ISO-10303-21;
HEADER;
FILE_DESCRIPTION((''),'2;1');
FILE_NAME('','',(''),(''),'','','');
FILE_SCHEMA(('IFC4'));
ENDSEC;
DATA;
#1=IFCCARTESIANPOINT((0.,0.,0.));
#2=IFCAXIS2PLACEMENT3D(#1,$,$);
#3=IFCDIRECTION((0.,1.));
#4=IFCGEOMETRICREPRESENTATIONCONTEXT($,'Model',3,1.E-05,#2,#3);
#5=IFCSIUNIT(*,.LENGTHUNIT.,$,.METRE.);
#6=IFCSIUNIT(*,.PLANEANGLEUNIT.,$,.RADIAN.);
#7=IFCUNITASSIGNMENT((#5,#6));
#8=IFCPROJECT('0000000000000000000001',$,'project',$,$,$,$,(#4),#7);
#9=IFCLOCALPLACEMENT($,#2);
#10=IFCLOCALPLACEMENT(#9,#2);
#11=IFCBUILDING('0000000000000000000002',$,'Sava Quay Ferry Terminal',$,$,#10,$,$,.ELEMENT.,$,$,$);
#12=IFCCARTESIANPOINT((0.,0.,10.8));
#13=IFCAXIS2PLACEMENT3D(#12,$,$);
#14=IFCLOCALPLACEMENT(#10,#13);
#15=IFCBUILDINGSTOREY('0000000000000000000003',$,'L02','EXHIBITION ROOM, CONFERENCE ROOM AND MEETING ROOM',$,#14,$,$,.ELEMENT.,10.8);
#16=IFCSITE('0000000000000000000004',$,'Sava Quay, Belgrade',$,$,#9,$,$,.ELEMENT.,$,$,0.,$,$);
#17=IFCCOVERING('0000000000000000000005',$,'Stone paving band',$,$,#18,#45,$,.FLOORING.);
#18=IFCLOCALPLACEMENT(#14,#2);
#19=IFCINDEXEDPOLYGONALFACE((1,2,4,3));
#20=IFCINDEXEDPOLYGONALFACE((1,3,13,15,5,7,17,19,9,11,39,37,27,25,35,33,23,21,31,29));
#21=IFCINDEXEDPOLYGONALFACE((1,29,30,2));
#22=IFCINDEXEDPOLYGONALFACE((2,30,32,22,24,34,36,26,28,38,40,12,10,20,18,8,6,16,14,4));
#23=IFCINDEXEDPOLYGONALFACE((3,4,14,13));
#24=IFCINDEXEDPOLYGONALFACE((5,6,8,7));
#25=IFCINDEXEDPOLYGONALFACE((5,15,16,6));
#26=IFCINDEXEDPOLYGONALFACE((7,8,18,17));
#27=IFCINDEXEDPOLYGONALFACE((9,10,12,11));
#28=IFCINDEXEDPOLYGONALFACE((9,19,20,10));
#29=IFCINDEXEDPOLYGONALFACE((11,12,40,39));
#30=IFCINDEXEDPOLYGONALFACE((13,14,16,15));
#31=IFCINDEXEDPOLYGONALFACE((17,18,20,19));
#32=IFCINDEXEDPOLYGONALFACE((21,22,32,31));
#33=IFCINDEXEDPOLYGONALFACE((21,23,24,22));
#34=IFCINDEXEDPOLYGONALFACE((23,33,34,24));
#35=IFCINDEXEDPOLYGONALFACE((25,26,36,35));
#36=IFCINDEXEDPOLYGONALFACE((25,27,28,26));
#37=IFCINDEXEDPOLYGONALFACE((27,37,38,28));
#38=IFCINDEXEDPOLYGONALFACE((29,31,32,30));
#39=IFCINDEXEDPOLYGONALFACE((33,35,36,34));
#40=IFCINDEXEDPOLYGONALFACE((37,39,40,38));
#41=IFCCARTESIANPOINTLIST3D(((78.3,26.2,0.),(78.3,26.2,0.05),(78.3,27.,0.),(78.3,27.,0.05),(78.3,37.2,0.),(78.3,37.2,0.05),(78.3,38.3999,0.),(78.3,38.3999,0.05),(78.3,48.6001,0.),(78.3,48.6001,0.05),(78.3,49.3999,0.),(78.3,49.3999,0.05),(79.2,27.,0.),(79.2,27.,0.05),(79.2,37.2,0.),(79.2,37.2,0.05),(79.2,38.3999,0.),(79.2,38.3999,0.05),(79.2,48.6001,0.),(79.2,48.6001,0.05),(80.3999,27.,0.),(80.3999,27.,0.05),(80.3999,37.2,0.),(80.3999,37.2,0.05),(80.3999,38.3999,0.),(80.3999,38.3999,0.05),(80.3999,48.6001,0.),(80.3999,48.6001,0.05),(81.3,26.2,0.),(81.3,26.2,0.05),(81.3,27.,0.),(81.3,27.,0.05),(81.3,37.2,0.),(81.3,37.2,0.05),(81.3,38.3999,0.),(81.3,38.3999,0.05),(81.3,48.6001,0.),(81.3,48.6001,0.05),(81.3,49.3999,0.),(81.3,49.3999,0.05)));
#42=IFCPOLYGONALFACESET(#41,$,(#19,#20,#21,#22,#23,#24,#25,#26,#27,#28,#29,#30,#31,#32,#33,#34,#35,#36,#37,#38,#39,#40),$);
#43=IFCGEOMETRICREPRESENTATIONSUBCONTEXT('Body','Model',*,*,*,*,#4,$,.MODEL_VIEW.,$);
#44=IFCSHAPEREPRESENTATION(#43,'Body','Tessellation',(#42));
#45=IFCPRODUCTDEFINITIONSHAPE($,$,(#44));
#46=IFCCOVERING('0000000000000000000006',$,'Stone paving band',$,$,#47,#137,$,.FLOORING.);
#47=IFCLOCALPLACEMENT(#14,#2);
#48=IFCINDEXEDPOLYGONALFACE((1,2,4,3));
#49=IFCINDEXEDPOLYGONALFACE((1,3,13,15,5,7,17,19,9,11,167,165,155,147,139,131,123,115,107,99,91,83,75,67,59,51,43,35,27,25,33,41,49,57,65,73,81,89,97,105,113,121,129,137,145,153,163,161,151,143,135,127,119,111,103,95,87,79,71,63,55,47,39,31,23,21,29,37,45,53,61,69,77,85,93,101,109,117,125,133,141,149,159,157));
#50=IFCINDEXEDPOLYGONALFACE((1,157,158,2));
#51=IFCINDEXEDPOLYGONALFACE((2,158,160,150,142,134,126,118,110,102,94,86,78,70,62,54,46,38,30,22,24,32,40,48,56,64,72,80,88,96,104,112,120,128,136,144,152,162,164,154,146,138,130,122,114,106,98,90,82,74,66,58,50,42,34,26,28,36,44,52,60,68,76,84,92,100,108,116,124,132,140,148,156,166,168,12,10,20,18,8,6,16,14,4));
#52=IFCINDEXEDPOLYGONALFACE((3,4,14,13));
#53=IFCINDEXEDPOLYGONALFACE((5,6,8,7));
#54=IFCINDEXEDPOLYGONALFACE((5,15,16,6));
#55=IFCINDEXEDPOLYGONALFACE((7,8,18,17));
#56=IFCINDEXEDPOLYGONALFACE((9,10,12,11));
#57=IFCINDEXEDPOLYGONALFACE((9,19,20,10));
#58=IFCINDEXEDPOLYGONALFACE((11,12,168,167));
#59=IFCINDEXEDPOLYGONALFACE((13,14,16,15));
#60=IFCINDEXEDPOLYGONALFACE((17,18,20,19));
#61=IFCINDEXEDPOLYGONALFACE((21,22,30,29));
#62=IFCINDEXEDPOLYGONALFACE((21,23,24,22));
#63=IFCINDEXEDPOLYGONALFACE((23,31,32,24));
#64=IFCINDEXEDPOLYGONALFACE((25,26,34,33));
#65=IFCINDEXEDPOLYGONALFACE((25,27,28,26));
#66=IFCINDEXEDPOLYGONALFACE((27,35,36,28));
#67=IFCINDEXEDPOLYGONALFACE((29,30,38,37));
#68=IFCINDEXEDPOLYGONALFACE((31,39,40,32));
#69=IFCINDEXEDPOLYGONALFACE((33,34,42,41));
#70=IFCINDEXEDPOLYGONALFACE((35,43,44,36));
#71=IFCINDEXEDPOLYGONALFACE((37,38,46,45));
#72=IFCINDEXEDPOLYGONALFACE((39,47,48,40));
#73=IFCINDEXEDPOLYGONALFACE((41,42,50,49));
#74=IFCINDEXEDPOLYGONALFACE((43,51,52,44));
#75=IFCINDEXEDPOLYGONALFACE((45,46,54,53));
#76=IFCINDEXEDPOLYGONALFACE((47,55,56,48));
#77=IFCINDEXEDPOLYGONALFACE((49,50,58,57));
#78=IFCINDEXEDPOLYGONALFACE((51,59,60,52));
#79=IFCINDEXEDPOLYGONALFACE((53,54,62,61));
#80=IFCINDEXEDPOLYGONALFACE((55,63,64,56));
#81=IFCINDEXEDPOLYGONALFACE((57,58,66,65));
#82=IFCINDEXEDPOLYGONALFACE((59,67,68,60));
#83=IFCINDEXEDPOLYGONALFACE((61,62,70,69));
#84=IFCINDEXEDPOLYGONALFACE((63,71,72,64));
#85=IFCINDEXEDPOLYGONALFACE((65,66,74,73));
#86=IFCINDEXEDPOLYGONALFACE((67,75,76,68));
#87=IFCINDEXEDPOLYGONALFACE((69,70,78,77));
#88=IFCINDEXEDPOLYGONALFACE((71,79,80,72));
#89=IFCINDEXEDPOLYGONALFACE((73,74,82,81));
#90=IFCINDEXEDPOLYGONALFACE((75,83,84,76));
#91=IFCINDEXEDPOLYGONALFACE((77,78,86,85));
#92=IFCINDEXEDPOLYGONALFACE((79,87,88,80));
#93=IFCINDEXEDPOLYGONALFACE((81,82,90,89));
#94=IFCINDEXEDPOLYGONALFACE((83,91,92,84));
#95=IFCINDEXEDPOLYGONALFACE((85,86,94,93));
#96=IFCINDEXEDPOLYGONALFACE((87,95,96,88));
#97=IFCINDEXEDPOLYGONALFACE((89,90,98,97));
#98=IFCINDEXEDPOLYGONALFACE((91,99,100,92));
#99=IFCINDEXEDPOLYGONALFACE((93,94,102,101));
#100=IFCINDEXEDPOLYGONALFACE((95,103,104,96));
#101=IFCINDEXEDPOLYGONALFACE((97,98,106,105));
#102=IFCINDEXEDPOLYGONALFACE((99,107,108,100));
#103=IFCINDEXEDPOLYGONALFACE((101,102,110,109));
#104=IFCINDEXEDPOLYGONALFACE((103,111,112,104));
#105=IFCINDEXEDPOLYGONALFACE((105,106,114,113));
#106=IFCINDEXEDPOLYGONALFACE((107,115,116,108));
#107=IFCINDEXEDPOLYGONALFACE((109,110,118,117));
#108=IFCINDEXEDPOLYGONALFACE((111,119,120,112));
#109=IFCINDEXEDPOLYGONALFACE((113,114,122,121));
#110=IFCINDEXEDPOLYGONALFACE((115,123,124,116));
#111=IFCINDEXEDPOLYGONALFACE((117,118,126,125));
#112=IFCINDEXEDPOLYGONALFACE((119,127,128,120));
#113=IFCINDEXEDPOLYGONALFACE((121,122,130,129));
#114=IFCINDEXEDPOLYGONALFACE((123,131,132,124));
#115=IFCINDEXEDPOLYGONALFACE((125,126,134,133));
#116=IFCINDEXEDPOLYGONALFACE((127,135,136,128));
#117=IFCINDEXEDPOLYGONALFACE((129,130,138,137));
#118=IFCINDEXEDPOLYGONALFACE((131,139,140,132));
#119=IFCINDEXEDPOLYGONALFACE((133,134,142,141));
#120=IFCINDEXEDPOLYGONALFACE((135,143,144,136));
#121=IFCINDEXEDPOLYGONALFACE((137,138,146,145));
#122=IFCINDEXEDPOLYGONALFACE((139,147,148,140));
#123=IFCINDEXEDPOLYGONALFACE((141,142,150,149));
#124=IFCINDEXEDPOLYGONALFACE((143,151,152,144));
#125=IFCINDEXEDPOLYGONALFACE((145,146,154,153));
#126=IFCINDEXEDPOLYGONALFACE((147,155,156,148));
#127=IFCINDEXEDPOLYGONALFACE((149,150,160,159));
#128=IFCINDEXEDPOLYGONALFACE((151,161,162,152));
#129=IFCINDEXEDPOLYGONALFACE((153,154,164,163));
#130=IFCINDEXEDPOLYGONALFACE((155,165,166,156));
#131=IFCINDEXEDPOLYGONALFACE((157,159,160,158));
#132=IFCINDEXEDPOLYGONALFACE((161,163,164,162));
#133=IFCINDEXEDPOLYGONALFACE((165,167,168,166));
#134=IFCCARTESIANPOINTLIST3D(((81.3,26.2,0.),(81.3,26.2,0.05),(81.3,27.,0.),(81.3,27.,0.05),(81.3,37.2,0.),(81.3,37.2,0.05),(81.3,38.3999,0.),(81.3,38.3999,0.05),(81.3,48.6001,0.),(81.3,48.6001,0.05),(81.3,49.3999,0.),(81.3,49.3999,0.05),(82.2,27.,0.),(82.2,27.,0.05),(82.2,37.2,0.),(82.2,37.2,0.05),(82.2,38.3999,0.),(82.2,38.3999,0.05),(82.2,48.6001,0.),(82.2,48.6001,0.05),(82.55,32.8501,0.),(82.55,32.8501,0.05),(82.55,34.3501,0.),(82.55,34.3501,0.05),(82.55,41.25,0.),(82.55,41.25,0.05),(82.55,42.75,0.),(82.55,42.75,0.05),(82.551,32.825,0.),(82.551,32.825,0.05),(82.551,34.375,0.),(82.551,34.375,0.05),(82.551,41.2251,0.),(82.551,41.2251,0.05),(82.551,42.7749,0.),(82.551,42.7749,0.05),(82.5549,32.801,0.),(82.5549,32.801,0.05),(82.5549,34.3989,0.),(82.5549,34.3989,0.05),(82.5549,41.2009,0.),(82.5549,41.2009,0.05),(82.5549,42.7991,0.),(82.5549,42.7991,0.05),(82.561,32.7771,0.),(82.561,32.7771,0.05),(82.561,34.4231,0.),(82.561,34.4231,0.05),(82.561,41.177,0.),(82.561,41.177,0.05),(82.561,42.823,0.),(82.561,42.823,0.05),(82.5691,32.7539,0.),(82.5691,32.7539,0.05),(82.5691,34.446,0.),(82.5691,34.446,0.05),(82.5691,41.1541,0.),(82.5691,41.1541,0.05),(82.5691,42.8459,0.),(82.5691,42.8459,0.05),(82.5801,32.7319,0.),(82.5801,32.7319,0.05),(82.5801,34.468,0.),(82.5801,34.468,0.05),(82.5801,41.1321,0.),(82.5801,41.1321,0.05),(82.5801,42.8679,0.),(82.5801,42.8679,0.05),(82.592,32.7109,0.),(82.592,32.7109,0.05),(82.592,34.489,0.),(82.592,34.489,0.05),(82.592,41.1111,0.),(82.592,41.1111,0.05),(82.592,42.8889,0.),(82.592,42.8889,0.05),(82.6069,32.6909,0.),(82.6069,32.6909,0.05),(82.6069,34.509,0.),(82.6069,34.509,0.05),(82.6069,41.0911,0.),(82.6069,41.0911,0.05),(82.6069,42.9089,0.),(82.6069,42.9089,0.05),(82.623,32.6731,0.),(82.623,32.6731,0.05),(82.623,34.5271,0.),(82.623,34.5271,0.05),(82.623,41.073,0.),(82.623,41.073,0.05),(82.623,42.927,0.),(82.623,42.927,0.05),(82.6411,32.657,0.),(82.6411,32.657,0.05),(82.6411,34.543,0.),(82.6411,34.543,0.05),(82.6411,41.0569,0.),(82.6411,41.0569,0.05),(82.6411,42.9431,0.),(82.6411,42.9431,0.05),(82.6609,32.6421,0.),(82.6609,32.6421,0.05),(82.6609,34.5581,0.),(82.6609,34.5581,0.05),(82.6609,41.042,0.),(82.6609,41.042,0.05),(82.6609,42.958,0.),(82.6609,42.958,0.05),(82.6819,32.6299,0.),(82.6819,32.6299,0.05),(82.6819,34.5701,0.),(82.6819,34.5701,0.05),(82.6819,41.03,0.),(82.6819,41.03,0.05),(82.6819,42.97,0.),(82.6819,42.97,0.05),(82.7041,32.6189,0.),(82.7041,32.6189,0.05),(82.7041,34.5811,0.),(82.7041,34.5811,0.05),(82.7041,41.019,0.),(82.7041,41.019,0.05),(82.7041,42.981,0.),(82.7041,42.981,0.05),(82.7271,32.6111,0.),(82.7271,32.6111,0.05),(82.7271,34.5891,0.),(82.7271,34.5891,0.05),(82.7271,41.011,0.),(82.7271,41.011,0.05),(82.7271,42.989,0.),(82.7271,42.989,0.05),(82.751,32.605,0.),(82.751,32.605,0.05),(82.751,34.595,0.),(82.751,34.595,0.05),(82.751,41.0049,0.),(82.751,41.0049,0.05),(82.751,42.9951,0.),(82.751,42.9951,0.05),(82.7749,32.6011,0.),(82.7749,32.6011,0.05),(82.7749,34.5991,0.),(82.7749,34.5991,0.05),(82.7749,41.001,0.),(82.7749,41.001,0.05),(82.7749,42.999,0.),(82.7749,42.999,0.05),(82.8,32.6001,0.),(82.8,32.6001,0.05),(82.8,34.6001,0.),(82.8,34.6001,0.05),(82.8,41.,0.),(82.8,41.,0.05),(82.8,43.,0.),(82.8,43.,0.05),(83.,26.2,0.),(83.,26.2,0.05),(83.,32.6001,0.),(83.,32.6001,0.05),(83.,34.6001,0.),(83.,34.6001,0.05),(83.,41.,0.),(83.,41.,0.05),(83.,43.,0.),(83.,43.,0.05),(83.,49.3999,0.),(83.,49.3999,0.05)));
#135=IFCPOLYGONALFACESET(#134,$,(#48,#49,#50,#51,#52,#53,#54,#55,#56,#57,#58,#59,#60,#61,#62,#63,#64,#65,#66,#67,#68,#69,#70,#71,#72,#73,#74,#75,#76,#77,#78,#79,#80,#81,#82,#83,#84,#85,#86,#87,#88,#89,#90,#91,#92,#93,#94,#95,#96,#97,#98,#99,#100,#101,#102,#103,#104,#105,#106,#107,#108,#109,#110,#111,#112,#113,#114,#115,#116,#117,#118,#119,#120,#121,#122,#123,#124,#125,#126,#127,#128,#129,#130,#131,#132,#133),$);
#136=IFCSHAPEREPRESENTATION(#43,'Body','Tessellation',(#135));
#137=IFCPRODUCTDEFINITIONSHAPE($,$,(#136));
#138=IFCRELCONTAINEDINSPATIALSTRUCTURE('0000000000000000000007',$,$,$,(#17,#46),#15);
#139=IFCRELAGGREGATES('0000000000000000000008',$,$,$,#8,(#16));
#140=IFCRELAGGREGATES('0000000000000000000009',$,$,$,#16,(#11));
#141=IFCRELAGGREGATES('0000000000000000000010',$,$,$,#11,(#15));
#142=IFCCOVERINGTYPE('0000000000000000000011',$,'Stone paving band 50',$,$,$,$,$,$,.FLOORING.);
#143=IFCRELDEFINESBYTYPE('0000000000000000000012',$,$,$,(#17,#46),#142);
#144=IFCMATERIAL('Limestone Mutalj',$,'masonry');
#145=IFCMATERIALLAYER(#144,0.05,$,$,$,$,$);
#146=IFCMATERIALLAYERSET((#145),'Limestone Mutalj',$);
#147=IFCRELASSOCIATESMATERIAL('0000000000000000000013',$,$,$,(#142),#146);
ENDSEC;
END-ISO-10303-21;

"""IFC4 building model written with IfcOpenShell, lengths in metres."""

from ifc_helpers import new_model, si_unit, direction, frame, origin, place, context, subcontext, project, spatial, polyline, outline, extrude, material, layer, layer_set, type_object, element, save


model = new_model("IFC4")

# Units and contexts
model_context = context("Model", 3, precision=1e-05, world=origin(), true_north=direction((0.0, 1.0)))
body_context = subcontext(model_context, "Body", "Model", "MODEL_VIEW")
ifc_project = project(units=[si_unit("LENGTHUNIT", "METRE"), si_unit("PLANEANGLEUNIT", "RADIAN")], contexts=[model_context])

# Site, building, storey
site_placement = place(None, origin())
site = spatial("IfcSite", under=ifc_project, at=site_placement, Name="Sava Quay, Belgrade", CompositionType="ELEMENT", RefElevation=0.0)
building_placement = place(site_placement, origin())
building = spatial("IfcBuilding", under=site, at=building_placement, Name="Sava Quay Ferry Terminal", CompositionType="ELEMENT")
storey_placement = place(building_placement, frame((0.0, 0.0, 10.8)))
storey = spatial("IfcBuildingStorey", under=building, at=storey_placement, Name="L02", Description="EXHIBITION ROOM, CONFERENCE ROOM AND MEETING ROOM", CompositionType="ELEMENT", Elevation=10.8)

# Coverings
ifc_material_1 = material(Name="Limestone Mutalj", Category="masonry")
ifc_layer_1 = layer(ifc_material_1, 0.05)
ifc_layer_set_1 = layer_set([ifc_layer_1], Name="Limestone Mutalj")
covering_type_1 = type_object("IfcCoveringType", Name="Stone paving band 50", PredefinedType="FLOORING", material=ifc_layer_set_1)
covering_1_placement = place(storey_placement, origin())
element("IfcCovering", 1, at=covering_1_placement, inside=storey, type_object=covering_type_1, Name="Stone paving band", PredefinedType="FLOORING", context=body_context, shape_type="SweptSolid", body=[
    extrude(outline(polyline([(78.3, 49.3999), (78.3, 48.6001), (79.2, 48.6001), (79.2, 38.3999), (78.3, 38.3999), (78.3, 37.2), (79.2, 37.2), (79.2, 27.0), (78.3, 27.0), (78.3, 26.2), (81.3, 26.2), (81.3, 27.0), (80.3999, 27.0), (80.3999, 37.2), (81.3, 37.2), (81.3, 38.3999), (80.3999, 38.3999), (80.3999, 48.6001), (81.3, 48.6001), (81.3, 49.3999), (78.3, 49.3999)])), origin(), (0.0, 0.0, 1.0), 0.05),
])
covering_2_placement = place(storey_placement, origin())
element("IfcCovering", 2, at=covering_2_placement, inside=storey, type_object=covering_type_1, Name="Stone paving band", PredefinedType="FLOORING", context=body_context, shape_type="SweptSolid", body=[
    extrude(outline(polyline([(81.3, 49.3999), (81.3, 48.6001), (82.2, 48.6001), (82.2, 38.3999), (81.3, 38.3999), (81.3, 37.2), (82.2, 37.2), (82.2, 27.0), (81.3, 27.0), (81.3, 26.2), (83.0, 26.2), (83.0, 32.6001), (82.8, 32.6001), (82.7749, 32.6011), (82.751, 32.605), (82.7271, 32.6111), (82.7041, 32.6189), (82.6819, 32.6299), (82.6609, 32.6421), (82.6411, 32.657), (82.623, 32.6731), (82.6069, 32.6909), (82.592, 32.7109), (82.5801, 32.7319), (82.5691, 32.7539), (82.561, 32.7771), (82.5549, 32.801), (82.551, 32.825), (82.55, 32.8501), (82.55, 34.3501), (82.551, 34.375), (82.5549, 34.3989), (82.561, 34.4231), (82.5691, 34.446), (82.5801, 34.468), (82.592, 34.489), (82.6069, 34.509), (82.623, 34.5271), (82.6411, 34.543), (82.6609, 34.5581), (82.6819, 34.5701), (82.7041, 34.5811), (82.7271, 34.5891), (82.751, 34.595), (82.7749, 34.5991), (82.8, 34.6001), (83.0, 34.6001), (83.0, 41.0), (82.8, 41.0), (82.7749, 41.001), (82.751, 41.0049), (82.7271, 41.011), (82.7041, 41.019), (82.6819, 41.03), (82.6609, 41.042), (82.6411, 41.0569), (82.623, 41.073), (82.6069, 41.0911), (82.592, 41.1111), (82.5801, 41.1321), (82.5691, 41.1541), (82.561, 41.177), (82.5549, 41.2009), (82.551, 41.2251), (82.55, 41.25), (82.55, 42.75), (82.551, 42.7749), (82.5549, 42.7991), (82.561, 42.823), (82.5691, 42.8459), (82.5801, 42.8679), (82.592, 42.8889), (82.6069, 42.9089), (82.623, 42.927), (82.6411, 42.9431), (82.6609, 42.958), (82.6819, 42.97), (82.7041, 42.981), (82.7271, 42.989), (82.751, 42.9951), (82.7749, 42.999), (82.8, 43.0), (83.0, 43.0), (83.0, 49.3999), (81.3, 49.3999)])), origin(), (0.0, 0.0, 1.0), 0.05),
])

save(model, "model.ifc")
